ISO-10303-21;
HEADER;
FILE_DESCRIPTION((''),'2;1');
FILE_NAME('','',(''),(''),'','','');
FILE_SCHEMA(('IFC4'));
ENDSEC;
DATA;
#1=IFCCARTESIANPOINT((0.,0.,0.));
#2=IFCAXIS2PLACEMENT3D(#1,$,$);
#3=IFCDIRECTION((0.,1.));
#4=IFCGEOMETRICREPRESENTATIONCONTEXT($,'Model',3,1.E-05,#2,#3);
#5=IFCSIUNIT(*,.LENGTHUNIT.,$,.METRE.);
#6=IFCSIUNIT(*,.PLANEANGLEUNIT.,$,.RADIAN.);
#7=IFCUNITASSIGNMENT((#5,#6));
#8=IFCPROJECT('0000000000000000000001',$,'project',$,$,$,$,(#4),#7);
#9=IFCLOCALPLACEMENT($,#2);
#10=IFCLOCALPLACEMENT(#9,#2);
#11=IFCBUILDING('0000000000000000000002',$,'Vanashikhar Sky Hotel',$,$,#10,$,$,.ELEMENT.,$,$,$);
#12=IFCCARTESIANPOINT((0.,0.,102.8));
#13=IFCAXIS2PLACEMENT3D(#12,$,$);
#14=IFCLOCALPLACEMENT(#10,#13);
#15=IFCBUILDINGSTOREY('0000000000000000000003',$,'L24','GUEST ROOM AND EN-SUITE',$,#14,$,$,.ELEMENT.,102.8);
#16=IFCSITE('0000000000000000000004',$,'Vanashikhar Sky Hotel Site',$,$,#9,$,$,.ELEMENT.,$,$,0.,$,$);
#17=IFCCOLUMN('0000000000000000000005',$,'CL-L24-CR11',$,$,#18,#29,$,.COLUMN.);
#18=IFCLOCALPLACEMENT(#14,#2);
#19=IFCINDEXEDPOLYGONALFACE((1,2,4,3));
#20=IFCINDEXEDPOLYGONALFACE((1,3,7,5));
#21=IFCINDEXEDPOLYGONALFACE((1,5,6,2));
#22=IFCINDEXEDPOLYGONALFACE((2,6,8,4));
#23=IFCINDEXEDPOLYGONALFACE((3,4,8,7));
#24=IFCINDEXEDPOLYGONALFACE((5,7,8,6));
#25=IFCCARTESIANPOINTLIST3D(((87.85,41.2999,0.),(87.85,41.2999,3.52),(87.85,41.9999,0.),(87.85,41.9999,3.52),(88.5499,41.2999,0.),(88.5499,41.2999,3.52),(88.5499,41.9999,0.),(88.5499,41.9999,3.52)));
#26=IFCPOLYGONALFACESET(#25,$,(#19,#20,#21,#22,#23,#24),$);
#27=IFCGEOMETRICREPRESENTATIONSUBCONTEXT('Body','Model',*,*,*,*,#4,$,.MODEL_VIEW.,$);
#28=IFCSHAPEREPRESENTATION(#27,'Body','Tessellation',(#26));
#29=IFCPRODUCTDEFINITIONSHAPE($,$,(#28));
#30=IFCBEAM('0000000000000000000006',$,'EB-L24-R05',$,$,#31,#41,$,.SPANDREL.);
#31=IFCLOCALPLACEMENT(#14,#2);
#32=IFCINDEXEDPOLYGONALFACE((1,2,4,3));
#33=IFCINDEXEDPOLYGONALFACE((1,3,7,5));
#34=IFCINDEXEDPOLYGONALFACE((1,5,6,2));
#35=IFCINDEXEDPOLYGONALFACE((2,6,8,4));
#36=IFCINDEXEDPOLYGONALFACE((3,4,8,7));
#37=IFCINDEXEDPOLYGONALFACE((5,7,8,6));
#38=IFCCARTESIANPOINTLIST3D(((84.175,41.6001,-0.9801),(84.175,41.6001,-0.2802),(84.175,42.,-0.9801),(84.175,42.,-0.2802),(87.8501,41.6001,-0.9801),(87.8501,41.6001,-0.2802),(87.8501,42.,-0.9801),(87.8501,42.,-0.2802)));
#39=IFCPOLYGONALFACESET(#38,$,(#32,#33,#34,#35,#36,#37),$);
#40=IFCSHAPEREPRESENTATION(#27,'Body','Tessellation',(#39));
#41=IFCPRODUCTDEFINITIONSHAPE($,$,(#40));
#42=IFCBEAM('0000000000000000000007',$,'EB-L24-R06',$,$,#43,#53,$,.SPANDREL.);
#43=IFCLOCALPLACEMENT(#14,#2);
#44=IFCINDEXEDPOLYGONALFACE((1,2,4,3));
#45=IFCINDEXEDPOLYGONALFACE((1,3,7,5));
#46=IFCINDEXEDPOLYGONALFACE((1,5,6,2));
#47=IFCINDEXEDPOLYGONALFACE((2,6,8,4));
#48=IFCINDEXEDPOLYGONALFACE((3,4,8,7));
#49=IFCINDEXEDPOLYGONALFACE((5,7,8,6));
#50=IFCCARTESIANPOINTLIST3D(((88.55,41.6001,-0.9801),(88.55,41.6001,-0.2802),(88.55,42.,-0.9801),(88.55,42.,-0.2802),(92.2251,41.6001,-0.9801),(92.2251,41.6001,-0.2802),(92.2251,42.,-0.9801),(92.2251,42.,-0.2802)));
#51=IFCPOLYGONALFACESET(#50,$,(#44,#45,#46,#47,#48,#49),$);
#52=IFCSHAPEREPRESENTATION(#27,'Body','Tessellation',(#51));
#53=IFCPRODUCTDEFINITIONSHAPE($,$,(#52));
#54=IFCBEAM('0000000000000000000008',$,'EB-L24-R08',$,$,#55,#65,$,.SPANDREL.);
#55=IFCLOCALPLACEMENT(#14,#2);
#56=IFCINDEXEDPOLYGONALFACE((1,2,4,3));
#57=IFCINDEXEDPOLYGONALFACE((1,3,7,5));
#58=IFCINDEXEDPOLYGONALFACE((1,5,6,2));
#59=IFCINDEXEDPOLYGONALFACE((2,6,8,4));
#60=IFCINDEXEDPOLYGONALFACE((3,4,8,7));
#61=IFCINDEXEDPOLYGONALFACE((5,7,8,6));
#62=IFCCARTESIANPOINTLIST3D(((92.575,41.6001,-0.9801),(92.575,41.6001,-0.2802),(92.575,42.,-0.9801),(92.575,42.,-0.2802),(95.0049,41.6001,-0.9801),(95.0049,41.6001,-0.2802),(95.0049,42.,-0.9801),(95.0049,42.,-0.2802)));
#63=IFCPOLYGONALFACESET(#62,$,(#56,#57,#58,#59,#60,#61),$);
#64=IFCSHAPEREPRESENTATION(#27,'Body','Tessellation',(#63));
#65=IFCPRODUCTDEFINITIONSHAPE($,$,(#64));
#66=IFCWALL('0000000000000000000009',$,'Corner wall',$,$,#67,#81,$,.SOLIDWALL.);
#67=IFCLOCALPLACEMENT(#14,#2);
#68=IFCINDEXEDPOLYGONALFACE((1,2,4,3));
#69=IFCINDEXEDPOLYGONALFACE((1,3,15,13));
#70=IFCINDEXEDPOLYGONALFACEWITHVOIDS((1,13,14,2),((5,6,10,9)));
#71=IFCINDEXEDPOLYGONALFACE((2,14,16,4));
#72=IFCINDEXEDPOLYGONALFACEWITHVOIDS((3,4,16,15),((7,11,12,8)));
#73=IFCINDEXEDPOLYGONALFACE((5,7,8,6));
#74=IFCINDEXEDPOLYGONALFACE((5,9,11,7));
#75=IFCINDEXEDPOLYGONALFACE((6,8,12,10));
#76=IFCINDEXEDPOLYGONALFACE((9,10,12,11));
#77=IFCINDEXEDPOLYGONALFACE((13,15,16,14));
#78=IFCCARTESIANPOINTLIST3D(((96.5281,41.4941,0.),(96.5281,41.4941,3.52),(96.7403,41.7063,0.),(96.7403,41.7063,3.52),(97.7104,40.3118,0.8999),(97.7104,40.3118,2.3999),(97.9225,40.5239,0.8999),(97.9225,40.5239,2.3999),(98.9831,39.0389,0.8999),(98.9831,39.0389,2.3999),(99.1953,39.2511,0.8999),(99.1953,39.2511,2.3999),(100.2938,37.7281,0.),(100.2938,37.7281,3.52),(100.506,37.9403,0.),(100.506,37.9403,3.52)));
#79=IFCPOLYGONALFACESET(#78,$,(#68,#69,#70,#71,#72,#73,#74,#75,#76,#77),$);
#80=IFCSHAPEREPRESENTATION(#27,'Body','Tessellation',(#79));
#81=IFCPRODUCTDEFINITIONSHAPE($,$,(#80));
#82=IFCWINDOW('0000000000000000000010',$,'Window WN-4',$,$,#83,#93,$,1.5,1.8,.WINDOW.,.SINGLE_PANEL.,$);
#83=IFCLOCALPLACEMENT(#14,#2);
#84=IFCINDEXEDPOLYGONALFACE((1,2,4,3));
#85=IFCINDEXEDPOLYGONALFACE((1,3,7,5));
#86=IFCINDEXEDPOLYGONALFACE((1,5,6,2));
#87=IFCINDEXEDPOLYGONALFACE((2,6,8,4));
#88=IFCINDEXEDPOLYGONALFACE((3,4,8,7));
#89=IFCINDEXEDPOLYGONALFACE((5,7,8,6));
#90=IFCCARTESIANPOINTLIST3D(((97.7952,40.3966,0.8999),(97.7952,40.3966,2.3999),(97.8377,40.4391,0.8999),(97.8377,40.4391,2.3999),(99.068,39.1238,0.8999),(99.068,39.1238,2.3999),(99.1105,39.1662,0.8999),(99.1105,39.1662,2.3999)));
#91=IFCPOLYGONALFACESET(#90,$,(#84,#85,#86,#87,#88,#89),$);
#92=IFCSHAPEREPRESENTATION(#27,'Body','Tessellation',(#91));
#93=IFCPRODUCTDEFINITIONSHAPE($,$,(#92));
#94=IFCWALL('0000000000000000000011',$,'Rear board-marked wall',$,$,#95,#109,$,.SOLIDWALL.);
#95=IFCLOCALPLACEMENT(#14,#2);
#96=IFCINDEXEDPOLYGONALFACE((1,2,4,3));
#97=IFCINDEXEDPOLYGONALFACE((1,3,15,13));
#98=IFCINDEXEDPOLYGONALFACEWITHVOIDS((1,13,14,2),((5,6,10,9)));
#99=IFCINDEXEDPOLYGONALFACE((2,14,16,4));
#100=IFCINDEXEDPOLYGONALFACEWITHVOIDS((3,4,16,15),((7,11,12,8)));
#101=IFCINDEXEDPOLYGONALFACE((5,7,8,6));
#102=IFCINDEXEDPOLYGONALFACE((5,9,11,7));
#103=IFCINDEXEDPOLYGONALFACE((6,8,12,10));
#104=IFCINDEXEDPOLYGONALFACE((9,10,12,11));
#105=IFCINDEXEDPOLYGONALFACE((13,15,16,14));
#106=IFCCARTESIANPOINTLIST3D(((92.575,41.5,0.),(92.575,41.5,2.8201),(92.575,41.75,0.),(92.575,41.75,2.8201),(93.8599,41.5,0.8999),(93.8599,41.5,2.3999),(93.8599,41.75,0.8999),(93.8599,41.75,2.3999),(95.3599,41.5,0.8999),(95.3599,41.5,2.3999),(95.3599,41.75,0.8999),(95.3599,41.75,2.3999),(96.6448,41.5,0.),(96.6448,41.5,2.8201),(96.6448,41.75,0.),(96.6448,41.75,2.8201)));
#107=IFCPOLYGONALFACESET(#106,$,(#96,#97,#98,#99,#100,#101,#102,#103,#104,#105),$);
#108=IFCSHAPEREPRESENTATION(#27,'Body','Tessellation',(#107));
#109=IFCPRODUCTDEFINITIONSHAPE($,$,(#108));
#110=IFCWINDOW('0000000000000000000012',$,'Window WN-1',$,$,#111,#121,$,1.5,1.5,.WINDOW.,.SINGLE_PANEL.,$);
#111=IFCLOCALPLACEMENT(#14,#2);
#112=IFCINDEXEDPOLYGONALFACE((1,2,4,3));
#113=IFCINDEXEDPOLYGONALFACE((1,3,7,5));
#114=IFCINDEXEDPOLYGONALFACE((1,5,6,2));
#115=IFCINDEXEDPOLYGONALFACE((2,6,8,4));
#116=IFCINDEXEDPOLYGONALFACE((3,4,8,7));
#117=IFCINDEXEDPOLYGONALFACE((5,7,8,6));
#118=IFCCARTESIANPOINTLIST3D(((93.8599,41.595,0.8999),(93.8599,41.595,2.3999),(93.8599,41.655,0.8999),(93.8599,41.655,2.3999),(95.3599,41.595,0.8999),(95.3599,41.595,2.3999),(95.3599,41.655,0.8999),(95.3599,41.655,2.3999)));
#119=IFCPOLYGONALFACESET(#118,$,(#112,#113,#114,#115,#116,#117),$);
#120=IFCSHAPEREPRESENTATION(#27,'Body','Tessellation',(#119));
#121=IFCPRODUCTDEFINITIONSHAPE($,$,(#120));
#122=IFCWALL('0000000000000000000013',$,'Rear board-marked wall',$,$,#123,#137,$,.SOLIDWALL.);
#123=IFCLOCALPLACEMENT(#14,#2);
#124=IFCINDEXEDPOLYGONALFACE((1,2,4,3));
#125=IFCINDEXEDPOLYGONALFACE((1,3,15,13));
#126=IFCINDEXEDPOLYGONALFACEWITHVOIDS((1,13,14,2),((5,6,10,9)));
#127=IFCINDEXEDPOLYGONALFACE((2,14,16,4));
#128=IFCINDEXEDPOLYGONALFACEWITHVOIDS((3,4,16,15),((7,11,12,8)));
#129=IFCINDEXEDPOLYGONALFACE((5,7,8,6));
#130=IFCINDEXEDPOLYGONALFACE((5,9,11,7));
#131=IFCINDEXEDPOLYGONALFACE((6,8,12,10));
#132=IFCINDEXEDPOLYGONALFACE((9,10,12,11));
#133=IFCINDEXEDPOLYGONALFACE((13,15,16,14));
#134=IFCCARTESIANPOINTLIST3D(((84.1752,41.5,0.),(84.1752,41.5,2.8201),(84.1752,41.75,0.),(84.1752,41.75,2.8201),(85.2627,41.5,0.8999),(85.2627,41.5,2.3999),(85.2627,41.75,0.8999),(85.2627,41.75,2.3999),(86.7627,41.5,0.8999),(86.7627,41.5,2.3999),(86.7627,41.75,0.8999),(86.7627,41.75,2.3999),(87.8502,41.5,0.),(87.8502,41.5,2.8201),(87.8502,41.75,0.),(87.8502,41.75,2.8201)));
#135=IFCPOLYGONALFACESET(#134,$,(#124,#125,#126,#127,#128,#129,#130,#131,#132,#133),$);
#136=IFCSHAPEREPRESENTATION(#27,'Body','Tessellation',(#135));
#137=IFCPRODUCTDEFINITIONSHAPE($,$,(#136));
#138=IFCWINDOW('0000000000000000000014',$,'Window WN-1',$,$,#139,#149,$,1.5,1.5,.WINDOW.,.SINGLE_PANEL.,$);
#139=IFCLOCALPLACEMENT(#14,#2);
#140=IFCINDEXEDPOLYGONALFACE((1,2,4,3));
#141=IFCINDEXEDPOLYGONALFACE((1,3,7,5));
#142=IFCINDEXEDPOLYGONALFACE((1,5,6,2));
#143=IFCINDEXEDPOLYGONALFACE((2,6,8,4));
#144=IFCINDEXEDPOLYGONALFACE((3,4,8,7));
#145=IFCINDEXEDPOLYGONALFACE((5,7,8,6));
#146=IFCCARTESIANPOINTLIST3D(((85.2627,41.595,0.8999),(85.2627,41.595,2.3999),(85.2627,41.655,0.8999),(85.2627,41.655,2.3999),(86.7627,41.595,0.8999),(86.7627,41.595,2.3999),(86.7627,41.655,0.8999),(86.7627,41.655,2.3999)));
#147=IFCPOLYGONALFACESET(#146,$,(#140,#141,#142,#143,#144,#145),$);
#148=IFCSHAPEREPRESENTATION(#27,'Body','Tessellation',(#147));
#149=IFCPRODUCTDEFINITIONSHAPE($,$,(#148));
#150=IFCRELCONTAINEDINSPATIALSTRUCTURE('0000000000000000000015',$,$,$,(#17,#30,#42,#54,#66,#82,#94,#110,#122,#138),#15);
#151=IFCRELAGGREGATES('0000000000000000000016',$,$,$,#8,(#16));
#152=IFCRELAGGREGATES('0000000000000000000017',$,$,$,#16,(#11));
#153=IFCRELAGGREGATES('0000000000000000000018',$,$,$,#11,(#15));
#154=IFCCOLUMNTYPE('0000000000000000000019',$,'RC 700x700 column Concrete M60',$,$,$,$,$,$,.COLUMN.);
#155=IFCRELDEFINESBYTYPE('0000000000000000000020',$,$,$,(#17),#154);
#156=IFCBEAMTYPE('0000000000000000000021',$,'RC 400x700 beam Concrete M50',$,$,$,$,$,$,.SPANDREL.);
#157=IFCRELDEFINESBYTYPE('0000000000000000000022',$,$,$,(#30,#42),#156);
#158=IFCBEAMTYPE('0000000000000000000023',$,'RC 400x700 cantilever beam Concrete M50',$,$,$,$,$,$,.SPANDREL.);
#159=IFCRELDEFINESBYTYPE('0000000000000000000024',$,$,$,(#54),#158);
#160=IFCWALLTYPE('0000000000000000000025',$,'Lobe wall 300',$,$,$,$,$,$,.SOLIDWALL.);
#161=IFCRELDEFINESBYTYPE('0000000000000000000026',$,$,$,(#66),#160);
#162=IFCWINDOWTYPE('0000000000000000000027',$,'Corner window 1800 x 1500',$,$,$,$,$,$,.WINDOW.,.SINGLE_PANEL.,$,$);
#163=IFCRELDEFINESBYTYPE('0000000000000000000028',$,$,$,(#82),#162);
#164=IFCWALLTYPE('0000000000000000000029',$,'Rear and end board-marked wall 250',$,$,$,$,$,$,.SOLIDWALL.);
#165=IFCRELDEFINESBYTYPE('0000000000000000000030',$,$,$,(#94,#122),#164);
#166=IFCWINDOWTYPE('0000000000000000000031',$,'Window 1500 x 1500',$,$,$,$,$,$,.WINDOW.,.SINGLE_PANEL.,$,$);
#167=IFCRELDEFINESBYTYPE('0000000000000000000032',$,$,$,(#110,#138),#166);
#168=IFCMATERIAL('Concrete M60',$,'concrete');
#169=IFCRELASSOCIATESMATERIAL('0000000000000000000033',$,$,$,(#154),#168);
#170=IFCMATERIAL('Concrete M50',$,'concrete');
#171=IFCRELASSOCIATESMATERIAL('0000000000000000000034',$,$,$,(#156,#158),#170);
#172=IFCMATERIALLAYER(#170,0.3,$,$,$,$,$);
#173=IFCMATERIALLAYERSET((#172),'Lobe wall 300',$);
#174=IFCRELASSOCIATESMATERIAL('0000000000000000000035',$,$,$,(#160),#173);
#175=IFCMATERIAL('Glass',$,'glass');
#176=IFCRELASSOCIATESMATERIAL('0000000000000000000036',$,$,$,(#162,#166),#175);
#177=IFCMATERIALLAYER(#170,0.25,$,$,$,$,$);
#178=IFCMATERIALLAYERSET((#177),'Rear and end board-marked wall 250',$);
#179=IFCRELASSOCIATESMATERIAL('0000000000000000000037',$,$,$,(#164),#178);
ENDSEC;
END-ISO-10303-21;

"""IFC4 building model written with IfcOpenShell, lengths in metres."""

from ifc_helpers import new_model, si_unit, direction, frame, frame_2d, origin, origin_2d, place, context, subcontext, project, spatial, rectangle, extrude, source, transform, mapped, material, layer, layer_set, material_profile, profile_set, type_object, element, fill, save


model = new_model("IFC4")

# Units and contexts
model_context = context("Model", 3, precision=1e-05, world=origin(), true_north=direction((0.0, 1.0)))
body_context = subcontext(model_context, "Body", "Model", "MODEL_VIEW")
ifc_project = project(units=[si_unit("LENGTHUNIT", "METRE"), si_unit("PLANEANGLEUNIT", "RADIAN")], contexts=[model_context])

# Site, building, storey
site_placement = place(None, origin())
site = spatial("IfcSite", under=ifc_project, at=site_placement, Name="Vanashikhar Sky Hotel Site", CompositionType="ELEMENT", RefElevation=0.0)
building_placement = place(site_placement, origin())
building = spatial("IfcBuilding", under=site, at=building_placement, Name="Vanashikhar Sky Hotel", CompositionType="ELEMENT")
storey_placement = place(building_placement, frame((0.0, 0.0, 102.8)))
storey = spatial("IfcBuildingStorey", under=building, at=storey_placement, Name="L24", Description="GUEST ROOM AND EN-SUITE", CompositionType="ELEMENT", Elevation=102.8)

# Column
ifc_material_1 = material(Name="Concrete M60", Category="concrete")
ifc_material_profile_1 = material_profile(ifc_material_1, rectangle(XDim=0.7, YDim=0.7, at=origin_2d()))
ifc_profile_set_1 = profile_set([ifc_material_profile_1], Name="RC 700x700 column Concrete M60")
column_type = type_object("IfcColumnType", Name="RC 700x700 column Concrete M60", PredefinedType="COLUMN", material=ifc_profile_set_1)
shared_shape_1 = source(origin(), body_context, "Body", "SweptSolid", [
    extrude(rectangle(XDim=0.7, YDim=0.7, at=origin_2d()), origin(), (0.0, 0.0, 1.0), 3.52),
])
column_placement = place(storey_placement, frame((88.2, 41.6499, 0.0), z_axis=(0.0, 0.0, 1.0), x_axis=(1.0, 0.0, 0.0)))
element("IfcColumn", 1, at=column_placement, inside=storey, type_object=column_type, Name="CL-L24-CR11", PredefinedType="COLUMN", context=body_context, shape_type="MappedRepresentation", body=[
    mapped(shared_shape_1, transform((0.0, 0.0, 0.0), scale=1.0)),
])

# Beams
ifc_material_2 = material(Name="Concrete M50", Category="concrete")
ifc_material_profile_2 = material_profile(ifc_material_2, rectangle(XDim=0.3999, YDim=0.7, at=origin_2d()))
ifc_profile_set_2 = profile_set([ifc_material_profile_2], Name="RC 400x700 beam Concrete M50")
beam_type_1 = type_object("IfcBeamType", Name="RC 400x700 beam Concrete M50", PredefinedType="SPANDREL", material=ifc_profile_set_2)
shared_shape_2 = source(origin(), body_context, "Body", "SweptSolid", [
    extrude(rectangle(XDim=0.3999, YDim=0.7, at=origin_2d()), origin(), (0.0, 0.0, 1.0), 3.675),
])
for number, where, z_axis, x_axis, name in (
    (2, (84.175, 41.8, -0.6301), (1.0, 0.0, 0.0), (0.0, 1.0, 0.0), "EB-L24-R05"),
    (3, (88.55, 41.8, -0.6301), (1.0, 0.0, 0.0), (0.0, 1.0, 0.0), "EB-L24-R06"),
):
    element("IfcBeam", number, at=place(storey_placement, frame(where, z_axis=z_axis, x_axis=x_axis)), inside=storey, type_object=beam_type_1, Name=name, PredefinedType="SPANDREL", context=body_context, shape_type="MappedRepresentation", body=[
        mapped(shared_shape_2, transform((0.0, 0.0, 0.0), scale=1.0)),
    ])
ifc_material_profile_3 = material_profile(ifc_material_2, rectangle(XDim=0.3999, YDim=0.7, at=origin_2d()))
ifc_profile_set_3 = profile_set([ifc_material_profile_3], Name="RC 400x700 cantilever beam Concrete M50")
beam_type_2 = type_object("IfcBeamType", Name="RC 400x700 cantilever beam Concrete M50", PredefinedType="SPANDREL", material=ifc_profile_set_3)
shared_shape_3 = source(origin(), body_context, "Body", "SweptSolid", [
    extrude(rectangle(XDim=0.3999, YDim=0.7, at=origin_2d()), origin(), (0.0, 0.0, 1.0), 2.4299),
])
beam_placement = place(storey_placement, frame((92.575, 41.8, -0.6301), z_axis=(1.0, 0.0, 0.0), x_axis=(0.0, 1.0, 0.0)))
element("IfcBeam", 4, at=beam_placement, inside=storey, type_object=beam_type_2, Name="EB-L24-R08", PredefinedType="SPANDREL", context=body_context, shape_type="MappedRepresentation", body=[
    mapped(shared_shape_3, transform((0.0, 0.0, 0.0), scale=1.0)),
])

# Walls, openings, windows
ifc_layer_1 = layer(ifc_material_2, 0.3)
ifc_layer_set_1 = layer_set([ifc_layer_1], Name="Lobe wall 300")
wall_type_1 = type_object("IfcWallType", Name="Lobe wall 300", PredefinedType="SOLIDWALL", material=ifc_layer_set_1)
shared_shape_4 = source(origin(), body_context, "Body", "SweptSolid", [
    extrude(rectangle(XDim=5.3257, YDim=0.3, at=frame_2d((2.6628, 0.0))), origin(), (0.0, 0.0, 1.0), 3.52),
])
wall_1_placement = place(storey_placement, frame((100.3999, 37.8342, 0.0), z_axis=(0.0, 0.0, 1.0), x_axis=(-0.707084, 0.70713, 0.0)))
wall_1 = element("IfcWall", 5, at=wall_1_placement, inside=storey, type_object=wall_type_1, Name="Corner wall", PredefinedType="SOLIDWALL", context=body_context, shape_type="MappedRepresentation", body=[
    mapped(shared_shape_4, transform((0.0, 0.0, 0.0), scale=1.0)),
])
shared_shape_5 = source(origin(), body_context, "Body", "SweptSolid", [
    extrude(rectangle(XDim=1.8, YDim=1.5, at=frame_2d((0.8999, 0.75))), frame((0.0, 0.1602, 0.0), z_axis=(0.0, -1.0, 0.0), x_axis=(1.0, 0.0, 0.0)), (0.0, 0.0, 1.0), 0.3201),
])
opening_1_placement = place(wall_1_placement, frame((1.8538, 0.0, 0.8999)))
opening_1 = element("IfcOpeningElement", 6, at=opening_1_placement, cuts=wall_1, PredefinedType="OPENING", context=body_context, shape_type="MappedRepresentation", body=[
    mapped(shared_shape_5, transform((0.0, 0.0, 0.0), scale=1.0)),
])
ifc_material_3 = material(Name="Glass", Category="glass")
window_type_1 = type_object("IfcWindowType", Name="Corner window 1800 x 1500", PartitioningType="SINGLE_PANEL", PredefinedType="WINDOW", material=ifc_material_3)
shared_shape_6 = source(origin(), body_context, "Body", "SweptSolid", [
    extrude(rectangle(XDim=1.8, YDim=1.5, at=frame_2d((0.8999, 0.75))), frame((0.0, 0.03, 0.0), z_axis=(0.0, -1.0, 0.0), x_axis=(1.0, 0.0, 0.0)), (0.0, 0.0, 1.0), 0.0601),
])
window_1_placement = place(opening_1_placement, origin())
window_1 = element("IfcWindow", 7, at=window_1_placement, inside=storey, type_object=window_type_1, Name="Window WN-4", OverallHeight=1.5, OverallWidth=1.8, PartitioningType="SINGLE_PANEL", PredefinedType="WINDOW", context=body_context, shape_type="MappedRepresentation", body=[
    mapped(shared_shape_6, transform((0.0, 0.0, 0.0), scale=1.0)),
])
fill(opening_1, window_1)
ifc_layer_2 = layer(ifc_material_2, 0.25)
ifc_layer_set_2 = layer_set([ifc_layer_2], Name="Rear and end board-marked wall 250")
wall_type_2 = type_object("IfcWallType", Name="Rear and end board-marked wall 250", PredefinedType="SOLIDWALL", material=ifc_layer_set_2)
shared_shape_7 = source(origin(), body_context, "Body", "SweptSolid", [
    extrude(rectangle(XDim=4.0698, YDim=0.25, at=frame_2d((2.0349, 0.0))), origin(), (0.0, 0.0, 1.0), 2.8201),
])
wall_2_placement = place(storey_placement, frame((96.6448, 41.625, 0.0), z_axis=(0.0, 0.0, 1.0), x_axis=(-1.0, 0.0, 0.0)))
wall_2 = element("IfcWall", 8, at=wall_2_placement, inside=storey, type_object=wall_type_2, Name="Rear board-marked wall", PredefinedType="SOLIDWALL", context=body_context, shape_type="MappedRepresentation", body=[
    mapped(shared_shape_7, transform((0.0, 0.0, 0.0), scale=1.0)),
])
shared_shape_8 = source(origin(), body_context, "Body", "SweptSolid", [
    extrude(rectangle(XDim=1.5, YDim=1.5, at=frame_2d((0.75, 0.75))), frame((0.0, 0.135, 0.0), z_axis=(0.0, -1.0, 0.0), x_axis=(1.0, 0.0, 0.0)), (0.0, 0.0, 1.0), 0.27),
])
opening_2_placement = place(wall_2_placement, frame((1.2849, 0.0, 0.8999)))
opening_2 = element("IfcOpeningElement", 9, at=opening_2_placement, cuts=wall_2, PredefinedType="OPENING", context=body_context, shape_type="MappedRepresentation", body=[
    mapped(shared_shape_8, transform((0.0, 0.0, 0.0), scale=1.0)),
])
window_type_2 = type_object("IfcWindowType", Name="Window 1500 x 1500", PartitioningType="SINGLE_PANEL", PredefinedType="WINDOW", material=ifc_material_3)
shared_shape_9 = source(origin(), body_context, "Body", "SweptSolid", [
    extrude(rectangle(XDim=1.5, YDim=1.5, at=frame_2d((0.75, 0.75))), frame((0.0, 0.03, 0.0), z_axis=(0.0, -1.0, 0.0), x_axis=(1.0, 0.0, 0.0)), (0.0, 0.0, 1.0), 0.0601),
])
window_2_placement = place(opening_2_placement, origin())
window_2 = element("IfcWindow", 10, at=window_2_placement, inside=storey, type_object=window_type_2, Name="Window WN-1", OverallHeight=1.5, OverallWidth=1.5, PartitioningType="SINGLE_PANEL", PredefinedType="WINDOW", context=body_context, shape_type="MappedRepresentation", body=[
    mapped(shared_shape_9, transform((0.0, 0.0, 0.0), scale=1.0)),
])
fill(opening_2, window_2)
shared_shape_10 = source(origin(), body_context, "Body", "SweptSolid", [
    extrude(rectangle(XDim=3.675, YDim=0.25, at=frame_2d((1.8374, 0.0))), origin(), (0.0, 0.0, 1.0), 2.8201),
])
wall_3_placement = place(storey_placement, frame((87.8501, 41.625, 0.0), z_axis=(0.0, 0.0, 1.0), x_axis=(-1.0, 0.0, 0.0)))
wall_3 = element("IfcWall", 11, at=wall_3_placement, inside=storey, type_object=wall_type_2, Name="Rear board-marked wall", PredefinedType="SOLIDWALL", context=body_context, shape_type="MappedRepresentation", body=[
    mapped(shared_shape_10, transform((0.0, 0.0, 0.0), scale=1.0)),
])
opening_3_placement = place(wall_3_placement, frame((1.0874, 0.0, 0.8999)))
opening_3 = element("IfcOpeningElement", 12, at=opening_3_placement, cuts=wall_3, PredefinedType="OPENING", context=body_context, shape_type="MappedRepresentation", body=[
    mapped(shared_shape_8, transform((0.0, 0.0, 0.0), scale=1.0)),
])
window_3_placement = place(opening_3_placement, origin())
window_3 = element("IfcWindow", 13, at=window_3_placement, inside=storey, type_object=window_type_2, Name="Window WN-1", OverallHeight=1.5, OverallWidth=1.5, PartitioningType="SINGLE_PANEL", PredefinedType="WINDOW", context=body_context, shape_type="MappedRepresentation", body=[
    mapped(shared_shape_9, transform((0.0, 0.0, 0.0), scale=1.0)),
])
fill(opening_3, window_3)

save(model, "model.ifc")
